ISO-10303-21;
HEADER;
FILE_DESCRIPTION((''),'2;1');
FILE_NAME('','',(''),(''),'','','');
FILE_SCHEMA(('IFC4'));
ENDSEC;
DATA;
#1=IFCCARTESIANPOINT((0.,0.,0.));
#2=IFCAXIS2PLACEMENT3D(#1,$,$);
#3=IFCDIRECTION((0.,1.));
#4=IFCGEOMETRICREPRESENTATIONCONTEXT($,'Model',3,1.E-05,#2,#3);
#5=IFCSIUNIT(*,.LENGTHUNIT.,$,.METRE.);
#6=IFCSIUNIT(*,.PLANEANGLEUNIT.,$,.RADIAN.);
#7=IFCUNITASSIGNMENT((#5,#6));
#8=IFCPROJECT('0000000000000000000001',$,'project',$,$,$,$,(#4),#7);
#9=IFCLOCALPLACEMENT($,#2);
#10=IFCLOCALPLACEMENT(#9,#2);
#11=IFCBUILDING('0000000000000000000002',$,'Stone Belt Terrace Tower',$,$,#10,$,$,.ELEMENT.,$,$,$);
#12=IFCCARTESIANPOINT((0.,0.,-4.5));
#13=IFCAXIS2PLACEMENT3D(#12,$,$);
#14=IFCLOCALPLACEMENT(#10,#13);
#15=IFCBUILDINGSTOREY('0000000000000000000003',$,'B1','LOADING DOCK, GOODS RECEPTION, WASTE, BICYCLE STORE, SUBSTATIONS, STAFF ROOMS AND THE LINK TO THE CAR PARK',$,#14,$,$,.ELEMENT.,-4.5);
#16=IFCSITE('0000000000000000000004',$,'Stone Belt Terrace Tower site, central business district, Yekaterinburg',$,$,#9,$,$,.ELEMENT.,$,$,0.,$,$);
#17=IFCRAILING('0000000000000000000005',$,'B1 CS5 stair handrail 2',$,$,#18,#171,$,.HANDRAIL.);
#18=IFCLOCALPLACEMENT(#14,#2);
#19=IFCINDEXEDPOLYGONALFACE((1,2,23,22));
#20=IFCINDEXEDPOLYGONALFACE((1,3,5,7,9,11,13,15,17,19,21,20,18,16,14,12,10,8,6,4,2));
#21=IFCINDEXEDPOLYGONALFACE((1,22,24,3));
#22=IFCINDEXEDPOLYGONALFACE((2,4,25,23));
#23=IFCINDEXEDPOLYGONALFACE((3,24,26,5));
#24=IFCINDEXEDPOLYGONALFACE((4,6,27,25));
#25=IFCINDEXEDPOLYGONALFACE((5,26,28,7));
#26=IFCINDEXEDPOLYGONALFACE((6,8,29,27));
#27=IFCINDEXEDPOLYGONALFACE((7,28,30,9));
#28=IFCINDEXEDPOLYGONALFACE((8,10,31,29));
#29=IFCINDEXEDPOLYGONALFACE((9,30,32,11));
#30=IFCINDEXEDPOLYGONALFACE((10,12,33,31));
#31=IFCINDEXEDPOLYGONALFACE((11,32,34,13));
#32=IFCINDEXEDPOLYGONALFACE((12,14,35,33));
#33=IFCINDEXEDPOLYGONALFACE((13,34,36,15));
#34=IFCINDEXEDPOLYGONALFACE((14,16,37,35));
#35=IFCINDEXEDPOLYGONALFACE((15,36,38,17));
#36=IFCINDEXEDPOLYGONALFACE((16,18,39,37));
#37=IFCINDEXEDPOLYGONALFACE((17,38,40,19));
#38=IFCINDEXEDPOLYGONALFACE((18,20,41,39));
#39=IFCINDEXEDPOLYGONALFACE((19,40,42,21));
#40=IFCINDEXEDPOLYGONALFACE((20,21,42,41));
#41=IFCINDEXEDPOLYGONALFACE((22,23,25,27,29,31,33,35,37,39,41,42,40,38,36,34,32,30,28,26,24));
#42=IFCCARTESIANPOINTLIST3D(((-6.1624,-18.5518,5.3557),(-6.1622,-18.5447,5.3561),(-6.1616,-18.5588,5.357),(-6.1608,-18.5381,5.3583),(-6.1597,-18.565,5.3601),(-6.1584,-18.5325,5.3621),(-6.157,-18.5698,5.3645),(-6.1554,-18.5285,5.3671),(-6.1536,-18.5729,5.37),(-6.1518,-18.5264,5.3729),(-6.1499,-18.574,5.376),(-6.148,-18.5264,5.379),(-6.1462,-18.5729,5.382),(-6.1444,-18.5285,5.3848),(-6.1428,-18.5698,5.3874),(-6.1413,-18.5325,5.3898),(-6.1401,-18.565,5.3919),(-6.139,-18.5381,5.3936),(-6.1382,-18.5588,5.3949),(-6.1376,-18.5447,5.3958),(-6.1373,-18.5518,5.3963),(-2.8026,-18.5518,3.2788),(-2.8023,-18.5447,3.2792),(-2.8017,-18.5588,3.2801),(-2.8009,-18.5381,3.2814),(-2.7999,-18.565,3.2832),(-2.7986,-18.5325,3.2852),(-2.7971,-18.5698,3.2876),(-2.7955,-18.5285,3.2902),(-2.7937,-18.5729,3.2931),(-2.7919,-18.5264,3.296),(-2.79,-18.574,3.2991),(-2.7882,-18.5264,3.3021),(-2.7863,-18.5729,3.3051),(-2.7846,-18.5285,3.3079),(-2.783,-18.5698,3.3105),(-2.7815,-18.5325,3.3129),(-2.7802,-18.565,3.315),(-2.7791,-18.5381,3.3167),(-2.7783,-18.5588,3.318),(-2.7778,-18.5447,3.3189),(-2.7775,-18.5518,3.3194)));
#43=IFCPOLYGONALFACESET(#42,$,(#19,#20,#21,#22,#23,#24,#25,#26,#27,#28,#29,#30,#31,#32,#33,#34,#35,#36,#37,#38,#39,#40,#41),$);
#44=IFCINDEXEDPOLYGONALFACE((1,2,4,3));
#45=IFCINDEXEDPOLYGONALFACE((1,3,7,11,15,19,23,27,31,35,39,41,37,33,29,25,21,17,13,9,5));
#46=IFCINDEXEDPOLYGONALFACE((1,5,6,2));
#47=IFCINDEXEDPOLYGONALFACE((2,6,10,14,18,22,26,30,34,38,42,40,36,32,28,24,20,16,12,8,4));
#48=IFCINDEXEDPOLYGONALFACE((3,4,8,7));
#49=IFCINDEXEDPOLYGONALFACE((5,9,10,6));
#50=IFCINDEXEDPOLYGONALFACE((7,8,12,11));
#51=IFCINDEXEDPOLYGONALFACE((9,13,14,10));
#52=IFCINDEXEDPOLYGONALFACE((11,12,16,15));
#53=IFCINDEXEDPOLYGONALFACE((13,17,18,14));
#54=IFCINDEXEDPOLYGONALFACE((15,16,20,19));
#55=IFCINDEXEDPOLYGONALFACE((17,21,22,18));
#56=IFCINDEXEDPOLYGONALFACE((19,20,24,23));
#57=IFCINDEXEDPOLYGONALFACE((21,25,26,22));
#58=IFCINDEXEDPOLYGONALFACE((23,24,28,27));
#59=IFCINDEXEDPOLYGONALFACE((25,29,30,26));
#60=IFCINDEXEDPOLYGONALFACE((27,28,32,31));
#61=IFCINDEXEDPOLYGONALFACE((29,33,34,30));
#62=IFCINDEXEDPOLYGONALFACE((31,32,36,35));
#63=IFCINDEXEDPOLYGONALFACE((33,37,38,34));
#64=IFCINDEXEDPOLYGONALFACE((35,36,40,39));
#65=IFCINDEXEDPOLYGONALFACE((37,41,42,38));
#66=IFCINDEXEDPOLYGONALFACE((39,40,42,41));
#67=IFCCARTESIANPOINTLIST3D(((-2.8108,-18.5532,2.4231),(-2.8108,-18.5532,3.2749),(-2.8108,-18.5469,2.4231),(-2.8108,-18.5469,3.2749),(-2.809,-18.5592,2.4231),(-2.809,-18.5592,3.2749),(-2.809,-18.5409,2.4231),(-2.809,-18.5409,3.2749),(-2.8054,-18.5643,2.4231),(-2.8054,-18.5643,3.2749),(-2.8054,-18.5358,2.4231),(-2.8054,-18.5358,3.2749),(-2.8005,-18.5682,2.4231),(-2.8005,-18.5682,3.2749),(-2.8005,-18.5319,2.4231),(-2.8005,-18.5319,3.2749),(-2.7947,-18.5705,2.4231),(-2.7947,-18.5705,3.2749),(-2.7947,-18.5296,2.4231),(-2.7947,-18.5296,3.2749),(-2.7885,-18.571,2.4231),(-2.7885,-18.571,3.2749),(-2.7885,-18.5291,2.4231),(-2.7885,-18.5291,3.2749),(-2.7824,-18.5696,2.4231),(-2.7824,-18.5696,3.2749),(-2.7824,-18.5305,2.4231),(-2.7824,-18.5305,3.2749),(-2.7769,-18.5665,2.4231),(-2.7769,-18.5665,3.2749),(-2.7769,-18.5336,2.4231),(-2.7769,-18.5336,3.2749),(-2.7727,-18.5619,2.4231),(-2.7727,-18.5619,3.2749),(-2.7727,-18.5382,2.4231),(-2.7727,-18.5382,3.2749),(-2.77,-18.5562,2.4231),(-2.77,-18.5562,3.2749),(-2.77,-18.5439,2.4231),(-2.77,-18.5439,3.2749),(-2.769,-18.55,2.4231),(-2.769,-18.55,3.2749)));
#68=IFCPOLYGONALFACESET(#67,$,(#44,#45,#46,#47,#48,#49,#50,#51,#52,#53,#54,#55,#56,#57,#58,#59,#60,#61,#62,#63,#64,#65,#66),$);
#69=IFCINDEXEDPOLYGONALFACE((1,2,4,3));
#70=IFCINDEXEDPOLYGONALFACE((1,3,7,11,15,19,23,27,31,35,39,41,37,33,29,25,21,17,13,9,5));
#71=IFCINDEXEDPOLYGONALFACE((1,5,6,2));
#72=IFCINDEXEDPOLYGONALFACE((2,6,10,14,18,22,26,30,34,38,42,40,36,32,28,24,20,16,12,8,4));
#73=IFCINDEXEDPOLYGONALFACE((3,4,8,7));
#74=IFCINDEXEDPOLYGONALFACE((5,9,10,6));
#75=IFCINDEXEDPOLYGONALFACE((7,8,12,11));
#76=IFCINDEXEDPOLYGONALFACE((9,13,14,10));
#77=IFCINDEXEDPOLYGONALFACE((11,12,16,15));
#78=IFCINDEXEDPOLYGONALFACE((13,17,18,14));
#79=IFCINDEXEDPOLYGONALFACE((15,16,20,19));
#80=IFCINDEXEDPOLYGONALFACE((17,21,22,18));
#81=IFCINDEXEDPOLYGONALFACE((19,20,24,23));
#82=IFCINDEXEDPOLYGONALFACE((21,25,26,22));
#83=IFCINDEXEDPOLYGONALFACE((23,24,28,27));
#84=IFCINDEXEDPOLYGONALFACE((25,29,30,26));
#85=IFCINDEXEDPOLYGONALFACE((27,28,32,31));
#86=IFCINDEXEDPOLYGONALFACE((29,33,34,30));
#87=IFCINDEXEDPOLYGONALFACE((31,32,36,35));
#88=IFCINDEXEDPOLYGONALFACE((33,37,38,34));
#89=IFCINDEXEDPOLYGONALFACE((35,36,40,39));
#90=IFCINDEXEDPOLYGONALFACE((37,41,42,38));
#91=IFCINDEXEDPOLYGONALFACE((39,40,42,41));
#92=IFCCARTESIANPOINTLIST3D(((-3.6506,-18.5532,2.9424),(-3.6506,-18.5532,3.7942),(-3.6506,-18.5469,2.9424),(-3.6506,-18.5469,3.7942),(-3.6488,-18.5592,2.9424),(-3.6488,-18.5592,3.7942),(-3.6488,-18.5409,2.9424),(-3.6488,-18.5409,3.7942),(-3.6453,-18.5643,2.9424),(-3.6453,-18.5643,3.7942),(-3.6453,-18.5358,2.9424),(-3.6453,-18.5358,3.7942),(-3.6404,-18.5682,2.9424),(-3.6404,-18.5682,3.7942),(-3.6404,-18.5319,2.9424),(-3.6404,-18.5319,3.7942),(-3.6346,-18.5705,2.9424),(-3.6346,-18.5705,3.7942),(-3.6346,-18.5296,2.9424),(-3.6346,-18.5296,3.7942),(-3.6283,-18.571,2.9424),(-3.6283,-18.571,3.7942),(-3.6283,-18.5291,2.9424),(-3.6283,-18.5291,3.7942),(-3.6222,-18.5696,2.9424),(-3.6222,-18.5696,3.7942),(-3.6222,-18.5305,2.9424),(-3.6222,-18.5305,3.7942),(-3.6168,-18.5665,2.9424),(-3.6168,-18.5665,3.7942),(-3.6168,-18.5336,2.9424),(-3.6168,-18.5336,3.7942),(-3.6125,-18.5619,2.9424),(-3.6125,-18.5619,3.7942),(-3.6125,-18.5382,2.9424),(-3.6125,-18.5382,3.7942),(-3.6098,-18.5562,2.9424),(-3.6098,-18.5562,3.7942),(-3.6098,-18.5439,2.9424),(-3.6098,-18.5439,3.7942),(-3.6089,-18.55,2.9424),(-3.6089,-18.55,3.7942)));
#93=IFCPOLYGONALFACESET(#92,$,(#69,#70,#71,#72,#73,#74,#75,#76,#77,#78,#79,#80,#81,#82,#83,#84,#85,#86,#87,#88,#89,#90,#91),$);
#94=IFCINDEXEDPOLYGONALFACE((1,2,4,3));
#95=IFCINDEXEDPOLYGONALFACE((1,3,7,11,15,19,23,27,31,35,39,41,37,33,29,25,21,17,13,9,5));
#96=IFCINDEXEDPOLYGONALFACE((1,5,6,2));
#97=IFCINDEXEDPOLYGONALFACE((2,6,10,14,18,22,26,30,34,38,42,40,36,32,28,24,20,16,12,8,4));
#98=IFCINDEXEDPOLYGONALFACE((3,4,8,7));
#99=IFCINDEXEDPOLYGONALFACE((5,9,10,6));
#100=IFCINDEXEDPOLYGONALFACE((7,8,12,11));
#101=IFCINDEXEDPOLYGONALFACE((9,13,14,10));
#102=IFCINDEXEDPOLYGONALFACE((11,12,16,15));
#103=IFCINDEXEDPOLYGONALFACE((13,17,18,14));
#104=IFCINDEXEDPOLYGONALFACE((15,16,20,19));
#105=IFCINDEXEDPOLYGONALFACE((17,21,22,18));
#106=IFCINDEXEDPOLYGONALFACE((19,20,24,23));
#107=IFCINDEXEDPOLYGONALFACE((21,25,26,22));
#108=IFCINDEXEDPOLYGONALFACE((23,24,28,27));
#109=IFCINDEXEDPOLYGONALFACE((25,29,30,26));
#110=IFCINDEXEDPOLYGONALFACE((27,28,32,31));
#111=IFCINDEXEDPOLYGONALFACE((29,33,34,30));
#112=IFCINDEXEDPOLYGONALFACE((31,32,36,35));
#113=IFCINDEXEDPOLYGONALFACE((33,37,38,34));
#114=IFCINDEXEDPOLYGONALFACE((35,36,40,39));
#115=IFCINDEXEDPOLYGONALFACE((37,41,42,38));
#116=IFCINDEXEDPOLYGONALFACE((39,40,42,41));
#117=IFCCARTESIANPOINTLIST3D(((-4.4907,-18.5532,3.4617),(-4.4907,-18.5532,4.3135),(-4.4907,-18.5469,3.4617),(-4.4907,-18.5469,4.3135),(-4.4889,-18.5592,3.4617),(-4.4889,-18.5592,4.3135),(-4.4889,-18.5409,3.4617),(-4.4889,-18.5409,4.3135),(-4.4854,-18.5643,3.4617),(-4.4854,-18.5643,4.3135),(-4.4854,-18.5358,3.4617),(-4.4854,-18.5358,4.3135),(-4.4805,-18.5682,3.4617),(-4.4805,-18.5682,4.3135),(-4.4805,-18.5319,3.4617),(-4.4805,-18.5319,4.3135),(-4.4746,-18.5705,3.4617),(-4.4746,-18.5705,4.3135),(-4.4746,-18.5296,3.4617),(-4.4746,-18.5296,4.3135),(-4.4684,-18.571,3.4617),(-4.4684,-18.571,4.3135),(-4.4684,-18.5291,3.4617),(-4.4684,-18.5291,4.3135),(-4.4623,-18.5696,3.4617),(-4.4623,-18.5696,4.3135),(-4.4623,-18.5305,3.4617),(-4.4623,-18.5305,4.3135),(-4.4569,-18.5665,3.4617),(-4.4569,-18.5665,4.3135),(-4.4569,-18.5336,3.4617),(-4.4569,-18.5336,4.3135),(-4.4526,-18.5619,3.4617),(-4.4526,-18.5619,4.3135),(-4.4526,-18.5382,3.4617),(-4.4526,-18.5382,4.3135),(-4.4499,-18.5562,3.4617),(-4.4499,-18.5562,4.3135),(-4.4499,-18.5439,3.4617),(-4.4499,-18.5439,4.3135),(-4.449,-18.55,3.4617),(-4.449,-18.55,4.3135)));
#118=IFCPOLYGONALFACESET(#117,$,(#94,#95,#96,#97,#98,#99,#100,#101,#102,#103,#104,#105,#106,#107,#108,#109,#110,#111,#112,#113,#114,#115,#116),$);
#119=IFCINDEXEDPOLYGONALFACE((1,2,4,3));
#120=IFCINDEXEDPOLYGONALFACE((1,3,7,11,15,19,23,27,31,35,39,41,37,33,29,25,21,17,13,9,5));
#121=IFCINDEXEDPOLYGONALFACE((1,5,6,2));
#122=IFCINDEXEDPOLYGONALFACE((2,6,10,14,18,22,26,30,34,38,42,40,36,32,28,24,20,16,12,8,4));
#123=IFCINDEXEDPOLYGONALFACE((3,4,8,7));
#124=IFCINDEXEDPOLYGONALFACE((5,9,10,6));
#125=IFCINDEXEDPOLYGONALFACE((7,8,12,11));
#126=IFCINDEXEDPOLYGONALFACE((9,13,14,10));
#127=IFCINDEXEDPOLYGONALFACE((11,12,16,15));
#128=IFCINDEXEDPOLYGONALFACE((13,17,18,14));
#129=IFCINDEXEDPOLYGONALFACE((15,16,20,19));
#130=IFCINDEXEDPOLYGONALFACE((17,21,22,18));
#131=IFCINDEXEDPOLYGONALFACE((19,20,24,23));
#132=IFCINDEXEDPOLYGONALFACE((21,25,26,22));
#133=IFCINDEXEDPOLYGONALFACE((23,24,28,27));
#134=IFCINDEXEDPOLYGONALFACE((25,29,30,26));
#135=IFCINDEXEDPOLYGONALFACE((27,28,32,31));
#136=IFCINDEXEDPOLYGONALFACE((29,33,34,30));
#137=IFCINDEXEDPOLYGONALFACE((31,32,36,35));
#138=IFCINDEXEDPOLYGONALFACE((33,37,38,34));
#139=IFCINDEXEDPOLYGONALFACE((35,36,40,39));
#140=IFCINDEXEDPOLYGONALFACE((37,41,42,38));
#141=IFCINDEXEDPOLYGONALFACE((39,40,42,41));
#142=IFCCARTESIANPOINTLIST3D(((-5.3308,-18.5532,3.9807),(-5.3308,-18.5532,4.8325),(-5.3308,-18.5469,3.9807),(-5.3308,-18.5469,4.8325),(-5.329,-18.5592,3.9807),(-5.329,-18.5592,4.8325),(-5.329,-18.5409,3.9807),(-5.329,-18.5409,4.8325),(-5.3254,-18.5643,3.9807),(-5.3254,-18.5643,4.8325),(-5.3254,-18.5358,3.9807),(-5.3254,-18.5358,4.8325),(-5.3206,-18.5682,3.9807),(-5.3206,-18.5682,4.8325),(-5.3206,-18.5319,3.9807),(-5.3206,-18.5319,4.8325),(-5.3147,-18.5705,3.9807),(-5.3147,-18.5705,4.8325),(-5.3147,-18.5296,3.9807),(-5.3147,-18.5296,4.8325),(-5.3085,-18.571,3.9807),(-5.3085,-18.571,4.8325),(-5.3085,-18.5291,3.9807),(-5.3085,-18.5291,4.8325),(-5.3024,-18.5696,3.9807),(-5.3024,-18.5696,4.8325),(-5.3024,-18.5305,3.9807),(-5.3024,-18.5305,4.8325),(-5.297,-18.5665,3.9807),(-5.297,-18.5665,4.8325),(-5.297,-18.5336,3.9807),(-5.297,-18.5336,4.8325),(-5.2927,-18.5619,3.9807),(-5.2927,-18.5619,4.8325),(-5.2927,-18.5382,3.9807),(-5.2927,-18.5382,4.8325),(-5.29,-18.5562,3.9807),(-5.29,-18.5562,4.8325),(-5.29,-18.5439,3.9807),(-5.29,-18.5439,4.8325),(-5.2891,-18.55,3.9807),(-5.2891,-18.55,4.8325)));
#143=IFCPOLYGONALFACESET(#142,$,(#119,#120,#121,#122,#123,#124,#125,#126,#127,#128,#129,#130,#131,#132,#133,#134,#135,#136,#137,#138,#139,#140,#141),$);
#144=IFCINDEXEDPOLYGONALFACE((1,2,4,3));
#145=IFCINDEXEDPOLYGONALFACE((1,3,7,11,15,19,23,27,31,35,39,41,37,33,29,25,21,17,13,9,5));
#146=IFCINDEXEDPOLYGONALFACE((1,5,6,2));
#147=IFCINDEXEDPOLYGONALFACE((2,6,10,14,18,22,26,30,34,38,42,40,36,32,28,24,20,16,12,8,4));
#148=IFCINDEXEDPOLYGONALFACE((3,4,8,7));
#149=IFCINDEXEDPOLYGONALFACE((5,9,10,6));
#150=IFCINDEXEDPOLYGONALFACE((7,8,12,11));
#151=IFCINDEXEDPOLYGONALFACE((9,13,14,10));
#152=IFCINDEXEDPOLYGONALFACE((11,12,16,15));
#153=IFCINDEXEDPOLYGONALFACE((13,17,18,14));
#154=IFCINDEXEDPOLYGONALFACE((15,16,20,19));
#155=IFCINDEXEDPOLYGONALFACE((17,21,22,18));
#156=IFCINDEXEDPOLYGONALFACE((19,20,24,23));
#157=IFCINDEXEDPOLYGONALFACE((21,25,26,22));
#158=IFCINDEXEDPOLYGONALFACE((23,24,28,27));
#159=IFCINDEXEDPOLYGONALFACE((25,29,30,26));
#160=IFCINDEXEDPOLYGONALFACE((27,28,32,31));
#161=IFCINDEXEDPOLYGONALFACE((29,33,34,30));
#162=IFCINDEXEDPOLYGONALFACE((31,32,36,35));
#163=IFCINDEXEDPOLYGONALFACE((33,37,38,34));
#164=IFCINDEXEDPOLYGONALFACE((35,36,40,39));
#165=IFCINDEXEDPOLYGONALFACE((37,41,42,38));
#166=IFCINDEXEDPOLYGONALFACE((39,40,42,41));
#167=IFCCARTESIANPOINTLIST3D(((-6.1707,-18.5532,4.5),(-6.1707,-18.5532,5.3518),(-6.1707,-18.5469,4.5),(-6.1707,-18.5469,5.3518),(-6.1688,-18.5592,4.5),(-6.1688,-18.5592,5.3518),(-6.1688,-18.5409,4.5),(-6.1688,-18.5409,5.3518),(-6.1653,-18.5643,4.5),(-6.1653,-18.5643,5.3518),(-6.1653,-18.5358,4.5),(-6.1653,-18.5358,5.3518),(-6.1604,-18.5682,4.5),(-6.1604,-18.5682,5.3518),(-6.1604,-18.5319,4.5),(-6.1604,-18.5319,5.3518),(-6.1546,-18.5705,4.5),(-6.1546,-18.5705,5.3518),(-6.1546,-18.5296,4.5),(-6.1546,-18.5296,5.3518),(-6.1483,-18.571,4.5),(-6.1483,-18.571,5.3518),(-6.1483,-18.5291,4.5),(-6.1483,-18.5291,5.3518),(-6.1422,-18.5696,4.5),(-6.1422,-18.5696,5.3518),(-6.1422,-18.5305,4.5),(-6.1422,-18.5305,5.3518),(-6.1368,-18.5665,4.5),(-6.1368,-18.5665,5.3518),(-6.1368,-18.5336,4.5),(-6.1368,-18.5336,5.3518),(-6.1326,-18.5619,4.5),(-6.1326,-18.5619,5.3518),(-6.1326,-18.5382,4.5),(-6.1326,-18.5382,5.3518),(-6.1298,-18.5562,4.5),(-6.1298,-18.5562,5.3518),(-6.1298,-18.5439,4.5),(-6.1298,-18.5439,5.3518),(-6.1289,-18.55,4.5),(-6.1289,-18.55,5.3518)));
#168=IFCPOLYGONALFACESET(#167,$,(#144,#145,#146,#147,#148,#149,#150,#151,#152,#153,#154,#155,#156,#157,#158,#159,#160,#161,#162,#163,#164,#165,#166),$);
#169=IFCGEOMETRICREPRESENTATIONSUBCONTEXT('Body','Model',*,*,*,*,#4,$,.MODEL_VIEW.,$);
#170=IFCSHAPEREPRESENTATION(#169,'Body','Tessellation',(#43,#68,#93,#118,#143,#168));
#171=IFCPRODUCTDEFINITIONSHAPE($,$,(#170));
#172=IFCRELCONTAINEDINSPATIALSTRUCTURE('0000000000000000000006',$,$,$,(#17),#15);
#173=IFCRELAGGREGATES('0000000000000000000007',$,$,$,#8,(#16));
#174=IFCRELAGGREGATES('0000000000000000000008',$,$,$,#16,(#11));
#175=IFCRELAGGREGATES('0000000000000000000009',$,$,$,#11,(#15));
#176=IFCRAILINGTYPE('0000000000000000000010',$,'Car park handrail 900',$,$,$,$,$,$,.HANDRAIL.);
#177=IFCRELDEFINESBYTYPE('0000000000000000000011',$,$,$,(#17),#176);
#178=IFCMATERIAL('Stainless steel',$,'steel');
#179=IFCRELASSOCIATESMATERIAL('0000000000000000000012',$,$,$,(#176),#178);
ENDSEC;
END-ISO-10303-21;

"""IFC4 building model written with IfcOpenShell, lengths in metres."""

from ifc_helpers import new_model, si_unit, direction, frame, origin, origin_2d, place, context, subcontext, project, spatial, circle, extrude, material, type_object, element, save


model = new_model("IFC4")

# Units and contexts
model_context = context("Model", 3, precision=1e-05, world=origin(), true_north=direction((0.0, 1.0)))
body_context = subcontext(model_context, "Body", "Model", "MODEL_VIEW")
ifc_project = project(units=[si_unit("LENGTHUNIT", "METRE"), si_unit("PLANEANGLEUNIT", "RADIAN")], contexts=[model_context])

# Site, building, storey
site_placement = place(None, origin())
site = spatial("IfcSite", under=ifc_project, at=site_placement, Name="Stone Belt Terrace Tower site, central business district, Yekaterinburg", CompositionType="ELEMENT", RefElevation=0.0)
building_placement = place(site_placement, origin())
building = spatial("IfcBuilding", under=site, at=building_placement, Name="Stone Belt Terrace Tower", CompositionType="ELEMENT")
storey_placement = place(building_placement, frame((0.0, 0.0, -4.5)))
storey = spatial("IfcBuildingStorey", under=building, at=storey_placement, Name="B1", Description="LOADING DOCK, GOODS RECEPTION, WASTE, BICYCLE STORE, SUBSTATIONS, STAFF ROOMS AND THE LINK TO THE CAR PARK", CompositionType="ELEMENT", Elevation=-4.5)

# Railing
ifc_material_1 = material(Name="Stainless steel", Category="steel")
railing_type_1 = type_object("IfcRailingType", Name="Car park handrail 900", PredefinedType="HANDRAIL", material=ifc_material_1)
railing_1_placement = place(storey_placement, frame((-2.79, -18.55, 2.4231)))
element("IfcRailing", 1, at=railing_1_placement, inside=storey, type_object=railing_type_1, Name="B1 CS5 stair handrail 2", PredefinedType="HANDRAIL", context=body_context, shape_type="SweptSolid", body=[
    extrude(circle(Radius=0.0239, at=origin_2d()), frame((0.0, 0.0, 0.876), z_axis=(-0.850606, 0.0, 0.525803), x_axis=(0.0, -1.0, 0.0)), (0.0, 0.0, 1.0), 3.95),
    extrude(circle(Radius=0.021, at=origin_2d()), origin(), (0.0, 0.0, 1.0), 0.8518),
    extrude(circle(Radius=0.021, at=origin_2d()), frame((-0.8398, 0.0, 0.5193)), (0.0, 0.0, 1.0), 0.8518),
    extrude(circle(Radius=0.021, at=origin_2d()), frame((-1.6799, 0.0, 1.0386)), (0.0, 0.0, 1.0), 0.8518),
    extrude(circle(Radius=0.021, at=origin_2d()), frame((-2.52, 0.0, 1.5576)), (0.0, 0.0, 1.0), 0.8518),
    extrude(circle(Radius=0.021, at=origin_2d()), frame((-3.3599, 0.0, 2.0769)), (0.0, 0.0, 1.0), 0.8518),
])

save(model, "model.ifc")
